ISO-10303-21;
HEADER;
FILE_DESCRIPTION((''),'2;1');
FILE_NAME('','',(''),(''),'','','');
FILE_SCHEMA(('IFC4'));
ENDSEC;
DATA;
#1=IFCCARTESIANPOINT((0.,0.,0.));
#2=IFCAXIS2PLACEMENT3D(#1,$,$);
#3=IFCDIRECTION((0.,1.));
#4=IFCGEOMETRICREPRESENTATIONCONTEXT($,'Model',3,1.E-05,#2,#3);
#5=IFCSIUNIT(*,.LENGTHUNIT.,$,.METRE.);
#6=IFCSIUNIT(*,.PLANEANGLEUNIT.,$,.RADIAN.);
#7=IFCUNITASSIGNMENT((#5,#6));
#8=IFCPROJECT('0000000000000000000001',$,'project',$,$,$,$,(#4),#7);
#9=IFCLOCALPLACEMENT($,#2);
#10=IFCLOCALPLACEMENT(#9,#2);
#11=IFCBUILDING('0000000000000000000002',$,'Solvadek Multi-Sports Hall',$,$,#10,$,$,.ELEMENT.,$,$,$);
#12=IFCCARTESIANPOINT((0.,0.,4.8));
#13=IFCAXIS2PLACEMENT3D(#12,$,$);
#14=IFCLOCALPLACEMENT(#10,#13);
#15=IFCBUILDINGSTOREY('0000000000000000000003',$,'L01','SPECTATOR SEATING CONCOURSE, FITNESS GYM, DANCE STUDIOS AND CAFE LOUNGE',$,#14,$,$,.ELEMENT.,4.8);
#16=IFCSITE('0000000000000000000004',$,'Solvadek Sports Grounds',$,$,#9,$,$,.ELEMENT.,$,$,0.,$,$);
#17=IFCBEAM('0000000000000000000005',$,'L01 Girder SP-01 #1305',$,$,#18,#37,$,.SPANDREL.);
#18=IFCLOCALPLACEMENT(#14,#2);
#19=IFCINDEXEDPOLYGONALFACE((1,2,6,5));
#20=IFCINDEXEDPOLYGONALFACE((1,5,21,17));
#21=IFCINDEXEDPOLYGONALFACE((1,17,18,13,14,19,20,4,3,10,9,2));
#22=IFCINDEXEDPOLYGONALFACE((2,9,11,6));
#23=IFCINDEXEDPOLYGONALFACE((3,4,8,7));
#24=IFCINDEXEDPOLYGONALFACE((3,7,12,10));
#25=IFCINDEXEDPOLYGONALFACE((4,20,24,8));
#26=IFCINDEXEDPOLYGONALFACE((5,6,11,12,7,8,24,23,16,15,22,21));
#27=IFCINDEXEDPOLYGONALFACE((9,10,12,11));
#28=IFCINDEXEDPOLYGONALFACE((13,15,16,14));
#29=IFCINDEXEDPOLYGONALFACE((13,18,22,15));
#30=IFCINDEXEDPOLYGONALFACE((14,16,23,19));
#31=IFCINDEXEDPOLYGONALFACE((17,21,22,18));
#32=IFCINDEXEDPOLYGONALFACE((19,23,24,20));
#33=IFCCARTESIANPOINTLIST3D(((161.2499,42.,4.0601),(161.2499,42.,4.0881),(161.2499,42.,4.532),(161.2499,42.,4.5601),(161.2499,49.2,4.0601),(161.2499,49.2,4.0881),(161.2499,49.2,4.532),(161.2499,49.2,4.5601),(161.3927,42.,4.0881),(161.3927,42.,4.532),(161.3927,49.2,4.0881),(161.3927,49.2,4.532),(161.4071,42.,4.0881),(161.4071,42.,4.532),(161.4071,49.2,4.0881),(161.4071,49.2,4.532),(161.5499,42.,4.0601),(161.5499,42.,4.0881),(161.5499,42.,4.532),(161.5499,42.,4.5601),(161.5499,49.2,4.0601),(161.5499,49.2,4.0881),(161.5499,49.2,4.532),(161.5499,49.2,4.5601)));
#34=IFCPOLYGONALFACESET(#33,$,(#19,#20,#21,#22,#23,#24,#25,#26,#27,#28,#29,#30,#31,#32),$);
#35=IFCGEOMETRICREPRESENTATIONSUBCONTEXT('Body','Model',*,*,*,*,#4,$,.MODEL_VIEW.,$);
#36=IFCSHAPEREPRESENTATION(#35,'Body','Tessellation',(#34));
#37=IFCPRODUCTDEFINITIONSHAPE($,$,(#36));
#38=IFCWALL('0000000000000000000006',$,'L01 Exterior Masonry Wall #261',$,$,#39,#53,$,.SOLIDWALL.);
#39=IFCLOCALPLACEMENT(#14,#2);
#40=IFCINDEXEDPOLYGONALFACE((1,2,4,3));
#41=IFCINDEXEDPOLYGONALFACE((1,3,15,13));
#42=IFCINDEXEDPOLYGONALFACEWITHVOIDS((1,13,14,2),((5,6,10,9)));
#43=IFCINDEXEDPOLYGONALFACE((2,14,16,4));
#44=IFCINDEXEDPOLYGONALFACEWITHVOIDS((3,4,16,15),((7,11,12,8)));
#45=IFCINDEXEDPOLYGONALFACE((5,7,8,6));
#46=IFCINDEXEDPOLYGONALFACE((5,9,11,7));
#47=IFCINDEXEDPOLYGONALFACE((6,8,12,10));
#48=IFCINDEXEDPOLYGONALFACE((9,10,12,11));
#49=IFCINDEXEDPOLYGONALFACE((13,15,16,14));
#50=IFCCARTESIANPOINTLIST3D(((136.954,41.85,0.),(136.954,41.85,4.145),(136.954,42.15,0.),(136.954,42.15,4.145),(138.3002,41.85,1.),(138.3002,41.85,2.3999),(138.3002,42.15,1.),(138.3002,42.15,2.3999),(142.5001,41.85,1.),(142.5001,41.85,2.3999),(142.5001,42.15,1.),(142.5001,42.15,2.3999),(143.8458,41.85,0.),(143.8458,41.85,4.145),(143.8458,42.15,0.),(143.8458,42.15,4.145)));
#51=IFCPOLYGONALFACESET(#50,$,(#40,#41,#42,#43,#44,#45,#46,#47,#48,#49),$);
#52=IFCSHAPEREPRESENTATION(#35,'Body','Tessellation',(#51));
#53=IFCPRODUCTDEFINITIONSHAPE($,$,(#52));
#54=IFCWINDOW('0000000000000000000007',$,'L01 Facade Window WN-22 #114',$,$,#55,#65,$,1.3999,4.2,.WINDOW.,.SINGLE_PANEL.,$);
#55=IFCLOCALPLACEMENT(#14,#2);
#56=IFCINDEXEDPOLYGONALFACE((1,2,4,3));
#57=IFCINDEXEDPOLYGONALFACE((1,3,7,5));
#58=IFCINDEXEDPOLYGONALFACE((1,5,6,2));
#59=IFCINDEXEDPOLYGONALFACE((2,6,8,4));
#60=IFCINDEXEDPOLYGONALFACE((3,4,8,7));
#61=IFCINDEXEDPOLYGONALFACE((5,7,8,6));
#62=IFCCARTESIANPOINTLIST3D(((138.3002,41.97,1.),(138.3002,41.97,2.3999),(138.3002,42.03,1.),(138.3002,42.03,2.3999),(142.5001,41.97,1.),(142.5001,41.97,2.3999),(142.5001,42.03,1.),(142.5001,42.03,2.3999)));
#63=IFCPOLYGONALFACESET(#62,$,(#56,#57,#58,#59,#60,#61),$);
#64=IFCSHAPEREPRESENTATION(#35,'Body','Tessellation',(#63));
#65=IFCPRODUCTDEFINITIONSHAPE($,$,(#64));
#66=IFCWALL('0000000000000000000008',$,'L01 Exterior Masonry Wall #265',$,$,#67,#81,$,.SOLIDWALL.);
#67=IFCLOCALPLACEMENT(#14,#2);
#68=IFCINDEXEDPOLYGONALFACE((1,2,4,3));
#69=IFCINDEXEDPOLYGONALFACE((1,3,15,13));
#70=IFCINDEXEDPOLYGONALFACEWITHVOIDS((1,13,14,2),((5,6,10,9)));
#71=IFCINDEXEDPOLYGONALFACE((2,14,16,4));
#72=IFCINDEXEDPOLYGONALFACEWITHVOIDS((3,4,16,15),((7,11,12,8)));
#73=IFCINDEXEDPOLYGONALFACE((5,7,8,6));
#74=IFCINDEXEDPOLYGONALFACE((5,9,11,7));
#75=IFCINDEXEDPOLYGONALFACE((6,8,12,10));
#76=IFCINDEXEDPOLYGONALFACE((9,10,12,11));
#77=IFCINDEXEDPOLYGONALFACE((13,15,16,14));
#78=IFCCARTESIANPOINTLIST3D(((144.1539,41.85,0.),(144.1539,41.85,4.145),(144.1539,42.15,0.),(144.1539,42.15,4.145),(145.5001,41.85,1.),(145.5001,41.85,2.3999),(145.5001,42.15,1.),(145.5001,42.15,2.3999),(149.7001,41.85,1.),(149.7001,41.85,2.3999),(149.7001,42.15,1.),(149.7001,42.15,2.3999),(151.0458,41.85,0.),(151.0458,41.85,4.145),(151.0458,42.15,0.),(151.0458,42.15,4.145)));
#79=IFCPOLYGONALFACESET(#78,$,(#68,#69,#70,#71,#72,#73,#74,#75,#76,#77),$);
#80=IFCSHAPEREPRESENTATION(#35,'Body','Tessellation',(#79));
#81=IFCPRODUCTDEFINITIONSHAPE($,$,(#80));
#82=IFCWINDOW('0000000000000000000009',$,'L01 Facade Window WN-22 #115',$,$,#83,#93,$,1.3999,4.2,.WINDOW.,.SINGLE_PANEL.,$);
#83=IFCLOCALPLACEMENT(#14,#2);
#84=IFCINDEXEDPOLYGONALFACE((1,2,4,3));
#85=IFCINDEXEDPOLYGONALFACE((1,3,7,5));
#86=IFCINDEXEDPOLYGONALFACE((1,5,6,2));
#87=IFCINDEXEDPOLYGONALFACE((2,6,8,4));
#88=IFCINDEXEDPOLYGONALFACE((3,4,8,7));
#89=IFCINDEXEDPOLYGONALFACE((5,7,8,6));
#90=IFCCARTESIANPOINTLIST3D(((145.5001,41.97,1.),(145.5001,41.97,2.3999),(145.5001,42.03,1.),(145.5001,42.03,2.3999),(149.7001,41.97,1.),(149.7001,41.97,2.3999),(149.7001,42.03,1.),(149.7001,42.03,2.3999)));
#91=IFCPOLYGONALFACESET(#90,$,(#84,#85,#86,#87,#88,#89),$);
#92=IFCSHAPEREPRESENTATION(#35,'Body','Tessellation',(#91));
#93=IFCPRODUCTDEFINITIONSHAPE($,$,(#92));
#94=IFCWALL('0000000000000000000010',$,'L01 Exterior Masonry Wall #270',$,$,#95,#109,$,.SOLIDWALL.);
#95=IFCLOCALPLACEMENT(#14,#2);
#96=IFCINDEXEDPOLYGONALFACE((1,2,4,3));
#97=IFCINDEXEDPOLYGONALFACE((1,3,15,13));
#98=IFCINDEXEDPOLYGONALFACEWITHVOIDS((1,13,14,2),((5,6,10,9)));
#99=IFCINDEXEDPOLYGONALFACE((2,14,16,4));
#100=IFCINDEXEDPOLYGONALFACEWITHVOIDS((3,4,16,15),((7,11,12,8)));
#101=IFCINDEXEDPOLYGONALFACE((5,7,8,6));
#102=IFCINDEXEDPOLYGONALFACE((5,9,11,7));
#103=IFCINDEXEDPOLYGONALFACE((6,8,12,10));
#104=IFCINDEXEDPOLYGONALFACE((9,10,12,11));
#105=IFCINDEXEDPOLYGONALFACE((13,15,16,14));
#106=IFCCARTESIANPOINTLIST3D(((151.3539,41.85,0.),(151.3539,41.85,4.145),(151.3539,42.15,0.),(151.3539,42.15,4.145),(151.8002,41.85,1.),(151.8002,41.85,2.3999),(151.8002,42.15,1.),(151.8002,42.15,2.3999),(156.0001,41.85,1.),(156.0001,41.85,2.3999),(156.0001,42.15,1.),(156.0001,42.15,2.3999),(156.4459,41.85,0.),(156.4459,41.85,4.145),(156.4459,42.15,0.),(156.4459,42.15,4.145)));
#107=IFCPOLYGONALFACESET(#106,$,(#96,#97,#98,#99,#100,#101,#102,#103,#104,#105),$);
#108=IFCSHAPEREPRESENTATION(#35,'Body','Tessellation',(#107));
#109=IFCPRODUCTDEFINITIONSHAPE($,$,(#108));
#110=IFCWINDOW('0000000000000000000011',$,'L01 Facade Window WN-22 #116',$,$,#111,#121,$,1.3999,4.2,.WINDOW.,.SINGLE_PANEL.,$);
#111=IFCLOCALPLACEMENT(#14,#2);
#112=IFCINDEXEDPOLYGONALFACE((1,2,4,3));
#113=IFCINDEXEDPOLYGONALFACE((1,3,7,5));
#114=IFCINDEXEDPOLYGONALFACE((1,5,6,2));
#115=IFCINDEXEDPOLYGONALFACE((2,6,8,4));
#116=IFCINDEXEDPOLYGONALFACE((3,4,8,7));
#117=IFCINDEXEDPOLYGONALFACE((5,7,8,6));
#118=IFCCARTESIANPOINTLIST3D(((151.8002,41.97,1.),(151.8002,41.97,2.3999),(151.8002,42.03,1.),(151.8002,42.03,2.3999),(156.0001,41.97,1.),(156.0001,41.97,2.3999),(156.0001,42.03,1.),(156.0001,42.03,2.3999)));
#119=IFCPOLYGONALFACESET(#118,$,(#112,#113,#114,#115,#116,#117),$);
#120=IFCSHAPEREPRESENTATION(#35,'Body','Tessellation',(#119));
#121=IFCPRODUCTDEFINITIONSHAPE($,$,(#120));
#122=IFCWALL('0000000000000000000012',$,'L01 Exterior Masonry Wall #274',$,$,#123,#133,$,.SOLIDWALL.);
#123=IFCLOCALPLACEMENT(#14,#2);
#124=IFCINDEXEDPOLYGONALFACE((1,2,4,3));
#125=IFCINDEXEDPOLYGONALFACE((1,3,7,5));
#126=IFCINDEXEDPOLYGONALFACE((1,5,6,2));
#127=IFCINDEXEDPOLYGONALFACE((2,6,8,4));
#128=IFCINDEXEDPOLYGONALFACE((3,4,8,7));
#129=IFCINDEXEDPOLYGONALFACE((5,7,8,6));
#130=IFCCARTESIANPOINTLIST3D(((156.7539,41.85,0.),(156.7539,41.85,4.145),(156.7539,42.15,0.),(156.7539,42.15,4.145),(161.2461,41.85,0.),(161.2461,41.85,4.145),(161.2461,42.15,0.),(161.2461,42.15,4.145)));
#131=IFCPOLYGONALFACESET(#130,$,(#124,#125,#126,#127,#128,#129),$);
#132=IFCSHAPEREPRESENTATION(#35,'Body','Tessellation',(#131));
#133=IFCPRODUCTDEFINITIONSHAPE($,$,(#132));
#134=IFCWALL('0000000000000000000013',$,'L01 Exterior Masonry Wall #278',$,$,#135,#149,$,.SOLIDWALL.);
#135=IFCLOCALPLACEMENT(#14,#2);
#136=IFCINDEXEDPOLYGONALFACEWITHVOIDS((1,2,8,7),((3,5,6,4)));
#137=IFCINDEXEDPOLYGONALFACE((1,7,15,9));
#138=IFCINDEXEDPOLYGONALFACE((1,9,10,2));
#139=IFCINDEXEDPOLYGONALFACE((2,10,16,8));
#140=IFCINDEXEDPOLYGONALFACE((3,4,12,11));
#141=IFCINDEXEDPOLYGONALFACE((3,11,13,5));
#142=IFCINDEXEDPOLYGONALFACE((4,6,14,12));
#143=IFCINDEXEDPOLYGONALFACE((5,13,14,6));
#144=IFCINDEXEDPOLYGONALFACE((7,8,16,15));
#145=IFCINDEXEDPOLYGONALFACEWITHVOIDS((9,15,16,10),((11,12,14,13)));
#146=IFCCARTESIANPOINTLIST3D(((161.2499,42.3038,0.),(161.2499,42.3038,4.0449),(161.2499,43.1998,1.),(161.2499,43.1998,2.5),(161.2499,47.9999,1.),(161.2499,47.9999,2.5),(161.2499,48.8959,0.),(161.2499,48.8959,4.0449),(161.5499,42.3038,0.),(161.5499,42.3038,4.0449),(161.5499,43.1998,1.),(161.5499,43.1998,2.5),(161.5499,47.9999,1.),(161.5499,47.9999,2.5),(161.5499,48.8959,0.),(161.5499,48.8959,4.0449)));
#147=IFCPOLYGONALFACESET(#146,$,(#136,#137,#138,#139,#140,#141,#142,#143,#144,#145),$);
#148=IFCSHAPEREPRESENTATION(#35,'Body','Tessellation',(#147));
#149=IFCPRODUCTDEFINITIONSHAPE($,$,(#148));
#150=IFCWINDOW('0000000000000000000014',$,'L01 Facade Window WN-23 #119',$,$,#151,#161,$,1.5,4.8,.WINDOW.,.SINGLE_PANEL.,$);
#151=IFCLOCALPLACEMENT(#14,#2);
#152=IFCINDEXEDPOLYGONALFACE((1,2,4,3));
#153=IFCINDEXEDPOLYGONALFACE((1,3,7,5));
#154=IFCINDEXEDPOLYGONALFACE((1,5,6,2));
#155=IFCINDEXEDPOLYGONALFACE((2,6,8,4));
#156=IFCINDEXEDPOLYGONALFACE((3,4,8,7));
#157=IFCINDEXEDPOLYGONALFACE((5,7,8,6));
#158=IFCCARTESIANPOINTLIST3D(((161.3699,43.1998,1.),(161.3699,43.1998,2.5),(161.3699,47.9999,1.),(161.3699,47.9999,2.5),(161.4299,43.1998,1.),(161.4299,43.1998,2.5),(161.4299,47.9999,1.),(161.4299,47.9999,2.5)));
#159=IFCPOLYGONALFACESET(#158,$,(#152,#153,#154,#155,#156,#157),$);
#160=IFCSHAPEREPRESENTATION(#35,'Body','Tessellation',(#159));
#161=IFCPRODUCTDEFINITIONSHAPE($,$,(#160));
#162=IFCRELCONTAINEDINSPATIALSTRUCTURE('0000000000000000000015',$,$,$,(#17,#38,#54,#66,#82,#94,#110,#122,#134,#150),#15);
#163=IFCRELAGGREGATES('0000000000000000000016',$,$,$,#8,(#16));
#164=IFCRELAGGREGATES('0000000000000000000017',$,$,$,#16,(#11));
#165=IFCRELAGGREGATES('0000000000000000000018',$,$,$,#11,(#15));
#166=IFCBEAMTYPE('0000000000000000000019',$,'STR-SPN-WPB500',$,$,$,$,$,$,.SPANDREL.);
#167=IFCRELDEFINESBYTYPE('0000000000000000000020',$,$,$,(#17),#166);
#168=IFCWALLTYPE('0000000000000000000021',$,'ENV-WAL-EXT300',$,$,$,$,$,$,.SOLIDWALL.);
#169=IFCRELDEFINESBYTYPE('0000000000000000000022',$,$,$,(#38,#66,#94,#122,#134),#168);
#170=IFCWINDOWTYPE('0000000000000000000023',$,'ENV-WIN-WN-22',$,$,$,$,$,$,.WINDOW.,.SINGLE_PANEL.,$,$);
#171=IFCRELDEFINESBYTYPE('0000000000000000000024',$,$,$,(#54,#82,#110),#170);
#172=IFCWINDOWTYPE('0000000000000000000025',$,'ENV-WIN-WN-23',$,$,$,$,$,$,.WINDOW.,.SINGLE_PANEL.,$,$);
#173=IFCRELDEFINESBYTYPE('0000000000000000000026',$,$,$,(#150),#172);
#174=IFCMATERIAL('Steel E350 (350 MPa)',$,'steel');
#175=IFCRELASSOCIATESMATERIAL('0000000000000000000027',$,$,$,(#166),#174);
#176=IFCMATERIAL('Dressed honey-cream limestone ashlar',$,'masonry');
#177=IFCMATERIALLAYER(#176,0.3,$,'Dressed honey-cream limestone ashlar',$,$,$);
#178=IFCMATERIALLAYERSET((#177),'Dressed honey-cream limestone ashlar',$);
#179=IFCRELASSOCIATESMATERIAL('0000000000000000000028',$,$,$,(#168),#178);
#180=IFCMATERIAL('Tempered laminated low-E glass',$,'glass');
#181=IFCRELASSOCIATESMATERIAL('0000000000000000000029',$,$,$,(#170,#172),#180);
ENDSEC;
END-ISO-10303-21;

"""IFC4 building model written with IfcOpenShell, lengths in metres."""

from ifc_helpers import new_model, si_unit, direction, frame, frame_2d, origin, origin_2d, place, context, subcontext, project, spatial, rectangle, i_section, extrude, material, layer, layer_set, material_profile, profile_set, type_object, element, fill, save


model = new_model("IFC4")

# Units and contexts
model_context = context("Model", 3, precision=1e-05, world=origin(), true_north=direction((0.0, 1.0)))
body_context = subcontext(model_context, "Body", "Model", "MODEL_VIEW")
ifc_project = project(units=[si_unit("LENGTHUNIT", "METRE"), si_unit("PLANEANGLEUNIT", "RADIAN")], contexts=[model_context])

# Site, building, storey
site_placement = place(None, origin())
site = spatial("IfcSite", under=ifc_project, at=site_placement, Name="Solvadek Sports Grounds", CompositionType="ELEMENT", RefElevation=0.0)
building_placement = place(site_placement, origin())
building = spatial("IfcBuilding", under=site, at=building_placement, Name="Solvadek Multi-Sports Hall", CompositionType="ELEMENT")
storey_placement = place(building_placement, frame((0.0, 0.0, 4.8)))
storey = spatial("IfcBuildingStorey", under=building, at=storey_placement, Name="L01", Description="SPECTATOR SEATING CONCOURSE, FITNESS GYM, DANCE STUDIOS AND CAFE LOUNGE", CompositionType="ELEMENT", Elevation=4.8)

# Shared definitions
ifc_material_1 = material(Name="Steel E350 (350 MPa)", Category="steel")

# Beam
ifc_material_profile_1 = material_profile(ifc_material_1, i_section(OverallWidth=0.3, OverallDepth=0.5, WebThickness=0.0144, FlangeThickness=0.0281, at=origin_2d()), Name="WPB 500")
ifc_profile_set_1 = profile_set([ifc_material_profile_1], Name="Steel E350 (350 MPa)")
beam_type_1 = type_object("IfcBeamType", Name="STR-SPN-WPB500", PredefinedType="SPANDREL", material=ifc_profile_set_1)
for number, where, z_axis, x_axis, name in (
    (1, (161.3999, 42.0, 4.3101), (0.0, 1.0, 0.0), (-1.0, 0.0, 0.0), "L01 Girder SP-01 #1305"),
):
    element("IfcBeam", number, at=place(storey_placement, frame(where, z_axis=z_axis, x_axis=x_axis)), inside=storey, type_object=beam_type_1, Name=name, PredefinedType="SPANDREL", context=body_context, shape_type="SweptSolid", body=[
        extrude(i_section(OverallWidth=0.3, OverallDepth=0.5, WebThickness=0.0144, FlangeThickness=0.0281, at=origin_2d()), origin(), (0.0, 0.0, 1.0), 7.2),
    ])

# Walls, openings, windows
ifc_material_2 = material(Name="Dressed honey-cream limestone ashlar", Category="masonry")
ifc_layer = layer(ifc_material_2, 0.3, Name="Dressed honey-cream limestone ashlar")
ifc_layer_set = layer_set([ifc_layer], Name="Dressed honey-cream limestone ashlar")
wall_type = type_object("IfcWallType", Name="ENV-WAL-EXT300", PredefinedType="SOLIDWALL", material=ifc_layer_set)
wall_1_placement = place(storey_placement, frame((136.9541, 42.0, 0.0), z_axis=(0.0, 0.0, 1.0), x_axis=(1.0, 0.0, 0.0)))
wall_1 = element("IfcWall", 2, at=wall_1_placement, inside=storey, type_object=wall_type, Name="L01 Exterior Masonry Wall #261", PredefinedType="SOLIDWALL", context=body_context, shape_type="SweptSolid", body=[
    extrude(rectangle(XDim=6.8918, YDim=0.3, at=frame_2d((3.4458, 0.0))), origin(), (0.0, 0.0, 1.0), 4.145),
])
opening_1_placement = place(wall_1_placement, frame((1.3459, 0.0, 1.0)))
opening_1 = element("IfcOpeningElement", 3, at=opening_1_placement, cuts=wall_1, PredefinedType="OPENING", context=body_context, shape_type="SweptSolid", body=[
    extrude(rectangle(XDim=4.2, YDim=1.3999, at=frame_2d((2.1001, 0.7))), frame((0.0, 0.1599, 0.0), z_axis=(0.0, -1.0, 0.0), x_axis=(1.0, 0.0, 0.0)), (0.0, 0.0, 1.0), 0.3201),
])
ifc_material_3 = material(Name="Tempered laminated low-E glass", Category="glass")
window_type_1 = type_object("IfcWindowType", Name="ENV-WIN-WN-22", PartitioningType="SINGLE_PANEL", PredefinedType="WINDOW", material=ifc_material_3)
window_1_placement = place(opening_1_placement, origin())
window_1 = element("IfcWindow", 4, at=window_1_placement, inside=storey, type_object=window_type_1, Name="L01 Facade Window WN-22 #114", OverallHeight=1.3999, OverallWidth=4.2, PartitioningType="SINGLE_PANEL", PredefinedType="WINDOW", context=body_context, shape_type="SweptSolid", body=[
    extrude(rectangle(XDim=4.2, YDim=1.3999, at=frame_2d((2.1001, 0.7))), frame((0.0, 0.03, 0.0), z_axis=(0.0, -1.0, 0.0), x_axis=(1.0, 0.0, 0.0)), (0.0, 0.0, 1.0), 0.0601),
])
fill(opening_1, window_1)
wall_2_placement = place(storey_placement, frame((144.1541, 42.0, 0.0), z_axis=(0.0, 0.0, 1.0), x_axis=(1.0, 0.0, 0.0)))
wall_2 = element("IfcWall", 5, at=wall_2_placement, inside=storey, type_object=wall_type, Name="L01 Exterior Masonry Wall #265", PredefinedType="SOLIDWALL", context=body_context, shape_type="SweptSolid", body=[
    extrude(rectangle(XDim=6.8918, YDim=0.3, at=frame_2d((3.4458, 0.0))), origin(), (0.0, 0.0, 1.0), 4.145),
])
opening_2_placement = place(wall_2_placement, frame((1.3459, 0.0, 1.0)))
opening_2 = element("IfcOpeningElement", 6, at=opening_2_placement, cuts=wall_2, PredefinedType="OPENING", context=body_context, shape_type="SweptSolid", body=[
    extrude(rectangle(XDim=4.2, YDim=1.3999, at=frame_2d((2.1001, 0.7))), frame((0.0, 0.1599, 0.0), z_axis=(0.0, -1.0, 0.0), x_axis=(1.0, 0.0, 0.0)), (0.0, 0.0, 1.0), 0.3201),
])
window_2_placement = place(opening_2_placement, origin())
window_2 = element("IfcWindow", 7, at=window_2_placement, inside=storey, type_object=window_type_1, Name="L01 Facade Window WN-22 #115", OverallHeight=1.3999, OverallWidth=4.2, PartitioningType="SINGLE_PANEL", PredefinedType="WINDOW", context=body_context, shape_type="SweptSolid", body=[
    extrude(rectangle(XDim=4.2, YDim=1.3999, at=frame_2d((2.1001, 0.7))), frame((0.0, 0.03, 0.0), z_axis=(0.0, -1.0, 0.0), x_axis=(1.0, 0.0, 0.0)), (0.0, 0.0, 1.0), 0.0601),
])
fill(opening_2, window_2)
wall_3_placement = place(storey_placement, frame((151.354, 42.0, 0.0), z_axis=(0.0, 0.0, 1.0), x_axis=(1.0, 0.0, 0.0)))
wall_3 = element("IfcWall", 8, at=wall_3_placement, inside=storey, type_object=wall_type, Name="L01 Exterior Masonry Wall #270", PredefinedType="SOLIDWALL", context=body_context, shape_type="SweptSolid", body=[
    extrude(rectangle(XDim=5.092, YDim=0.3, at=frame_2d((2.5459, 0.0))), origin(), (0.0, 0.0, 1.0), 4.145),
])
opening_3_placement = place(wall_3_placement, frame((0.446, 0.0, 1.0)))
opening_3 = element("IfcOpeningElement", 9, at=opening_3_placement, cuts=wall_3, PredefinedType="OPENING", context=body_context, shape_type="SweptSolid", body=[
    extrude(rectangle(XDim=4.2, YDim=1.3999, at=frame_2d((2.1001, 0.7))), frame((0.0, 0.1599, 0.0), z_axis=(0.0, -1.0, 0.0), x_axis=(1.0, 0.0, 0.0)), (0.0, 0.0, 1.0), 0.3201),
])
window_3_placement = place(opening_3_placement, origin())
window_3 = element("IfcWindow", 10, at=window_3_placement, inside=storey, type_object=window_type_1, Name="L01 Facade Window WN-22 #116", OverallHeight=1.3999, OverallWidth=4.2, PartitioningType="SINGLE_PANEL", PredefinedType="WINDOW", context=body_context, shape_type="SweptSolid", body=[
    extrude(rectangle(XDim=4.2, YDim=1.3999, at=frame_2d((2.1001, 0.7))), frame((0.0, 0.03, 0.0), z_axis=(0.0, -1.0, 0.0), x_axis=(1.0, 0.0, 0.0)), (0.0, 0.0, 1.0), 0.0601),
])
fill(opening_3, window_3)

# Wall
wall_4_placement = place(storey_placement, frame((156.7539, 42.0, 0.0), z_axis=(0.0, 0.0, 1.0), x_axis=(1.0, 0.0, 0.0)))
element("IfcWall", 11, at=wall_4_placement, inside=storey, type_object=wall_type, Name="L01 Exterior Masonry Wall #274", PredefinedType="SOLIDWALL", context=body_context, shape_type="SweptSolid", body=[
    extrude(rectangle(XDim=4.4922, YDim=0.3, at=frame_2d((2.2461, 0.0))), origin(), (0.0, 0.0, 1.0), 4.145),
])

# Wall, opening, window
wall_5_placement = place(storey_placement, frame((161.3999, 42.304, 0.0), z_axis=(0.0, 0.0, 1.0), x_axis=(0.0, 1.0, 0.0)))
wall_5 = element("IfcWall", 12, at=wall_5_placement, inside=storey, type_object=wall_type, Name="L01 Exterior Masonry Wall #278", PredefinedType="SOLIDWALL", context=body_context, shape_type="SweptSolid", body=[
    extrude(rectangle(XDim=6.592, YDim=0.3, at=frame_2d((3.2959, 0.0))), origin(), (0.0, 0.0, 1.0), 4.0449),
])
opening_4_placement = place(wall_5_placement, frame((0.896, 0.0, 1.0)))
opening_4 = element("IfcOpeningElement", 13, at=opening_4_placement, cuts=wall_5, PredefinedType="OPENING", context=body_context, shape_type="SweptSolid", body=[
    extrude(rectangle(XDim=4.8, YDim=1.5, at=frame_2d((2.3999, 0.75))), frame((0.0, 0.1599, 0.0), z_axis=(0.0, -1.0, 0.0), x_axis=(1.0, 0.0, 0.0)), (0.0, 0.0, 1.0), 0.3201),
])
window_type_2 = type_object("IfcWindowType", Name="ENV-WIN-WN-23", PartitioningType="SINGLE_PANEL", PredefinedType="WINDOW", material=ifc_material_3)
window_4_placement = place(opening_4_placement, origin())
window_4 = element("IfcWindow", 14, at=window_4_placement, inside=storey, type_object=window_type_2, Name="L01 Facade Window WN-23 #119", OverallHeight=1.5, OverallWidth=4.8, PartitioningType="SINGLE_PANEL", PredefinedType="WINDOW", context=body_context, shape_type="SweptSolid", body=[
    extrude(rectangle(XDim=4.8, YDim=1.5, at=frame_2d((2.3999, 0.75))), frame((0.0, 0.03, 0.0), z_axis=(0.0, -1.0, 0.0), x_axis=(1.0, 0.0, 0.0)), (0.0, 0.0, 1.0), 0.0601),
])
fill(opening_4, window_4)

save(model, "model.ifc")
